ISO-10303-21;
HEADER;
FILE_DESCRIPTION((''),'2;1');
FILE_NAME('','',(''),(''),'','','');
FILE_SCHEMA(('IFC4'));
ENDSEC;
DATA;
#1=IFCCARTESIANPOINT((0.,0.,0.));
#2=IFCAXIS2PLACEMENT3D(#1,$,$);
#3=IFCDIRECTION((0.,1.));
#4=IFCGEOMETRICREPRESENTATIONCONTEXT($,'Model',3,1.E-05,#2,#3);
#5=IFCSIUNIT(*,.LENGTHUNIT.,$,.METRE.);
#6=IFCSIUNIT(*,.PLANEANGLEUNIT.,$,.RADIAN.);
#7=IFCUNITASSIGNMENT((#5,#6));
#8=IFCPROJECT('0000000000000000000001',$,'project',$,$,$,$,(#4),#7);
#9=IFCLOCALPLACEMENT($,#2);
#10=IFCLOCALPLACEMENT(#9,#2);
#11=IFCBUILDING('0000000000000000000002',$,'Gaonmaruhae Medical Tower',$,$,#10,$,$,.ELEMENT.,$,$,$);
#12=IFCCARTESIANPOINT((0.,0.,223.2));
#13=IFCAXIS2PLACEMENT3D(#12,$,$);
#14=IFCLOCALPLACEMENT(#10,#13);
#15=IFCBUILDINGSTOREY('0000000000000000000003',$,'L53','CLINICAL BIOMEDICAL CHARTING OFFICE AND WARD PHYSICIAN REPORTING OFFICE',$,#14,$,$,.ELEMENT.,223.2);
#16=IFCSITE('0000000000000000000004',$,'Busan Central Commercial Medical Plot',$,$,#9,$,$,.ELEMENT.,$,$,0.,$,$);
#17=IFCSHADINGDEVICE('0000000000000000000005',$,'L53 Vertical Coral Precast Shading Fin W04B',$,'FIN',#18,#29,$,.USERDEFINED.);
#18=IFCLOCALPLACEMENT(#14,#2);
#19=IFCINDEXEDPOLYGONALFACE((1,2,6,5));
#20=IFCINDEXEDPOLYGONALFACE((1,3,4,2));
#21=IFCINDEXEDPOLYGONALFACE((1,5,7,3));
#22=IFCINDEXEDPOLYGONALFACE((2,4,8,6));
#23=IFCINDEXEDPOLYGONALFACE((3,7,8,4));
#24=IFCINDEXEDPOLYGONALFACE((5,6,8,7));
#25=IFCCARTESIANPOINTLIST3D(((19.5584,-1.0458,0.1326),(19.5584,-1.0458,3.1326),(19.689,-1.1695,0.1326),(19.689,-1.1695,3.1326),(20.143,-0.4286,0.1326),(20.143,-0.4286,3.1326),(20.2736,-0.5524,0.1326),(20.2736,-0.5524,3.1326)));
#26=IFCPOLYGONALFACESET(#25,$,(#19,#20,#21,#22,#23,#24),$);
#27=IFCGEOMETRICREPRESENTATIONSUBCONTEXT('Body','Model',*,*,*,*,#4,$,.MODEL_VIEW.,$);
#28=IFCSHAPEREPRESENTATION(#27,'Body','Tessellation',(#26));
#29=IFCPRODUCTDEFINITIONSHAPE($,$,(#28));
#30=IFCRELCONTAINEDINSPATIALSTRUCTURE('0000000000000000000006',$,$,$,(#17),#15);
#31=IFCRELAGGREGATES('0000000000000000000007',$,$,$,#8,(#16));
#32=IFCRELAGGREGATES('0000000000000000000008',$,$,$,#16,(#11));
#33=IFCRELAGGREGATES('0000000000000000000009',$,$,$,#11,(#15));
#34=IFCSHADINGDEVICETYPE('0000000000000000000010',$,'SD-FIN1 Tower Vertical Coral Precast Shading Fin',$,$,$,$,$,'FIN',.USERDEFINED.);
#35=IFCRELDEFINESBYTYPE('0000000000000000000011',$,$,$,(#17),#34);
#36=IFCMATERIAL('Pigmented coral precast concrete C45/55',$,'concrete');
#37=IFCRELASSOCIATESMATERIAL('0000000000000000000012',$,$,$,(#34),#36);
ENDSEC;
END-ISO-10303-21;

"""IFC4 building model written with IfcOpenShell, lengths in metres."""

from ifc_helpers import new_model, si_unit, direction, frame, origin, origin_2d, place, context, subcontext, project, spatial, rectangle, extrude, material, type_object, element, save


model = new_model("IFC4")

# Units and contexts
model_context = context("Model", 3, precision=1e-05, world=origin(), true_north=direction((0.0, 1.0)))
body_context = subcontext(model_context, "Body", "Model", "MODEL_VIEW")
ifc_project = project(units=[si_unit("LENGTHUNIT", "METRE"), si_unit("PLANEANGLEUNIT", "RADIAN")], contexts=[model_context])

# Site, building, storey
site_placement = place(None, origin())
site = spatial("IfcSite", under=ifc_project, at=site_placement, Name="Busan Central Commercial Medical Plot", CompositionType="ELEMENT", RefElevation=0.0)
building_placement = place(site_placement, origin())
building = spatial("IfcBuilding", under=site, at=building_placement, Name="Gaonmaruhae Medical Tower", CompositionType="ELEMENT")
storey_placement = place(building_placement, frame((0.0, 0.0, 223.2)))
storey = spatial("IfcBuildingStorey", under=building, at=storey_placement, Name="L53", Description="CLINICAL BIOMEDICAL CHARTING OFFICE AND WARD PHYSICIAN REPORTING OFFICE", CompositionType="ELEMENT", Elevation=223.2)

# Shading device
ifc_material_1 = material(Name="Pigmented coral precast concrete C45/55", Category="concrete")
shading_device_type = type_object("IfcShadingDeviceType", Name="SD-FIN1 Tower Vertical Coral Precast Shading Fin", ElementType="FIN", PredefinedType="USERDEFINED", material=ifc_material_1)
for number, where, z_axis, x_axis, name in (
    (1, (19.916, -0.7991, 0.1326), (0.0, 0.0, 1.0), (-0.725975, 0.687721, 0.0), "L53 Vertical Coral Precast Shading Fin W04B"),
):
    element("IfcShadingDevice", number, at=place(storey_placement, frame(where, z_axis=z_axis, x_axis=x_axis)), inside=storey, type_object=shading_device_type, Name=name, ObjectType="FIN", PredefinedType="USERDEFINED", context=body_context, shape_type="SweptSolid", body=[
        extrude(rectangle(XDim=0.1799, YDim=0.8501, at=origin_2d()), origin(), (0.0, 0.0, 1.0), 3.0),
    ])

save(model, "model.ifc")
